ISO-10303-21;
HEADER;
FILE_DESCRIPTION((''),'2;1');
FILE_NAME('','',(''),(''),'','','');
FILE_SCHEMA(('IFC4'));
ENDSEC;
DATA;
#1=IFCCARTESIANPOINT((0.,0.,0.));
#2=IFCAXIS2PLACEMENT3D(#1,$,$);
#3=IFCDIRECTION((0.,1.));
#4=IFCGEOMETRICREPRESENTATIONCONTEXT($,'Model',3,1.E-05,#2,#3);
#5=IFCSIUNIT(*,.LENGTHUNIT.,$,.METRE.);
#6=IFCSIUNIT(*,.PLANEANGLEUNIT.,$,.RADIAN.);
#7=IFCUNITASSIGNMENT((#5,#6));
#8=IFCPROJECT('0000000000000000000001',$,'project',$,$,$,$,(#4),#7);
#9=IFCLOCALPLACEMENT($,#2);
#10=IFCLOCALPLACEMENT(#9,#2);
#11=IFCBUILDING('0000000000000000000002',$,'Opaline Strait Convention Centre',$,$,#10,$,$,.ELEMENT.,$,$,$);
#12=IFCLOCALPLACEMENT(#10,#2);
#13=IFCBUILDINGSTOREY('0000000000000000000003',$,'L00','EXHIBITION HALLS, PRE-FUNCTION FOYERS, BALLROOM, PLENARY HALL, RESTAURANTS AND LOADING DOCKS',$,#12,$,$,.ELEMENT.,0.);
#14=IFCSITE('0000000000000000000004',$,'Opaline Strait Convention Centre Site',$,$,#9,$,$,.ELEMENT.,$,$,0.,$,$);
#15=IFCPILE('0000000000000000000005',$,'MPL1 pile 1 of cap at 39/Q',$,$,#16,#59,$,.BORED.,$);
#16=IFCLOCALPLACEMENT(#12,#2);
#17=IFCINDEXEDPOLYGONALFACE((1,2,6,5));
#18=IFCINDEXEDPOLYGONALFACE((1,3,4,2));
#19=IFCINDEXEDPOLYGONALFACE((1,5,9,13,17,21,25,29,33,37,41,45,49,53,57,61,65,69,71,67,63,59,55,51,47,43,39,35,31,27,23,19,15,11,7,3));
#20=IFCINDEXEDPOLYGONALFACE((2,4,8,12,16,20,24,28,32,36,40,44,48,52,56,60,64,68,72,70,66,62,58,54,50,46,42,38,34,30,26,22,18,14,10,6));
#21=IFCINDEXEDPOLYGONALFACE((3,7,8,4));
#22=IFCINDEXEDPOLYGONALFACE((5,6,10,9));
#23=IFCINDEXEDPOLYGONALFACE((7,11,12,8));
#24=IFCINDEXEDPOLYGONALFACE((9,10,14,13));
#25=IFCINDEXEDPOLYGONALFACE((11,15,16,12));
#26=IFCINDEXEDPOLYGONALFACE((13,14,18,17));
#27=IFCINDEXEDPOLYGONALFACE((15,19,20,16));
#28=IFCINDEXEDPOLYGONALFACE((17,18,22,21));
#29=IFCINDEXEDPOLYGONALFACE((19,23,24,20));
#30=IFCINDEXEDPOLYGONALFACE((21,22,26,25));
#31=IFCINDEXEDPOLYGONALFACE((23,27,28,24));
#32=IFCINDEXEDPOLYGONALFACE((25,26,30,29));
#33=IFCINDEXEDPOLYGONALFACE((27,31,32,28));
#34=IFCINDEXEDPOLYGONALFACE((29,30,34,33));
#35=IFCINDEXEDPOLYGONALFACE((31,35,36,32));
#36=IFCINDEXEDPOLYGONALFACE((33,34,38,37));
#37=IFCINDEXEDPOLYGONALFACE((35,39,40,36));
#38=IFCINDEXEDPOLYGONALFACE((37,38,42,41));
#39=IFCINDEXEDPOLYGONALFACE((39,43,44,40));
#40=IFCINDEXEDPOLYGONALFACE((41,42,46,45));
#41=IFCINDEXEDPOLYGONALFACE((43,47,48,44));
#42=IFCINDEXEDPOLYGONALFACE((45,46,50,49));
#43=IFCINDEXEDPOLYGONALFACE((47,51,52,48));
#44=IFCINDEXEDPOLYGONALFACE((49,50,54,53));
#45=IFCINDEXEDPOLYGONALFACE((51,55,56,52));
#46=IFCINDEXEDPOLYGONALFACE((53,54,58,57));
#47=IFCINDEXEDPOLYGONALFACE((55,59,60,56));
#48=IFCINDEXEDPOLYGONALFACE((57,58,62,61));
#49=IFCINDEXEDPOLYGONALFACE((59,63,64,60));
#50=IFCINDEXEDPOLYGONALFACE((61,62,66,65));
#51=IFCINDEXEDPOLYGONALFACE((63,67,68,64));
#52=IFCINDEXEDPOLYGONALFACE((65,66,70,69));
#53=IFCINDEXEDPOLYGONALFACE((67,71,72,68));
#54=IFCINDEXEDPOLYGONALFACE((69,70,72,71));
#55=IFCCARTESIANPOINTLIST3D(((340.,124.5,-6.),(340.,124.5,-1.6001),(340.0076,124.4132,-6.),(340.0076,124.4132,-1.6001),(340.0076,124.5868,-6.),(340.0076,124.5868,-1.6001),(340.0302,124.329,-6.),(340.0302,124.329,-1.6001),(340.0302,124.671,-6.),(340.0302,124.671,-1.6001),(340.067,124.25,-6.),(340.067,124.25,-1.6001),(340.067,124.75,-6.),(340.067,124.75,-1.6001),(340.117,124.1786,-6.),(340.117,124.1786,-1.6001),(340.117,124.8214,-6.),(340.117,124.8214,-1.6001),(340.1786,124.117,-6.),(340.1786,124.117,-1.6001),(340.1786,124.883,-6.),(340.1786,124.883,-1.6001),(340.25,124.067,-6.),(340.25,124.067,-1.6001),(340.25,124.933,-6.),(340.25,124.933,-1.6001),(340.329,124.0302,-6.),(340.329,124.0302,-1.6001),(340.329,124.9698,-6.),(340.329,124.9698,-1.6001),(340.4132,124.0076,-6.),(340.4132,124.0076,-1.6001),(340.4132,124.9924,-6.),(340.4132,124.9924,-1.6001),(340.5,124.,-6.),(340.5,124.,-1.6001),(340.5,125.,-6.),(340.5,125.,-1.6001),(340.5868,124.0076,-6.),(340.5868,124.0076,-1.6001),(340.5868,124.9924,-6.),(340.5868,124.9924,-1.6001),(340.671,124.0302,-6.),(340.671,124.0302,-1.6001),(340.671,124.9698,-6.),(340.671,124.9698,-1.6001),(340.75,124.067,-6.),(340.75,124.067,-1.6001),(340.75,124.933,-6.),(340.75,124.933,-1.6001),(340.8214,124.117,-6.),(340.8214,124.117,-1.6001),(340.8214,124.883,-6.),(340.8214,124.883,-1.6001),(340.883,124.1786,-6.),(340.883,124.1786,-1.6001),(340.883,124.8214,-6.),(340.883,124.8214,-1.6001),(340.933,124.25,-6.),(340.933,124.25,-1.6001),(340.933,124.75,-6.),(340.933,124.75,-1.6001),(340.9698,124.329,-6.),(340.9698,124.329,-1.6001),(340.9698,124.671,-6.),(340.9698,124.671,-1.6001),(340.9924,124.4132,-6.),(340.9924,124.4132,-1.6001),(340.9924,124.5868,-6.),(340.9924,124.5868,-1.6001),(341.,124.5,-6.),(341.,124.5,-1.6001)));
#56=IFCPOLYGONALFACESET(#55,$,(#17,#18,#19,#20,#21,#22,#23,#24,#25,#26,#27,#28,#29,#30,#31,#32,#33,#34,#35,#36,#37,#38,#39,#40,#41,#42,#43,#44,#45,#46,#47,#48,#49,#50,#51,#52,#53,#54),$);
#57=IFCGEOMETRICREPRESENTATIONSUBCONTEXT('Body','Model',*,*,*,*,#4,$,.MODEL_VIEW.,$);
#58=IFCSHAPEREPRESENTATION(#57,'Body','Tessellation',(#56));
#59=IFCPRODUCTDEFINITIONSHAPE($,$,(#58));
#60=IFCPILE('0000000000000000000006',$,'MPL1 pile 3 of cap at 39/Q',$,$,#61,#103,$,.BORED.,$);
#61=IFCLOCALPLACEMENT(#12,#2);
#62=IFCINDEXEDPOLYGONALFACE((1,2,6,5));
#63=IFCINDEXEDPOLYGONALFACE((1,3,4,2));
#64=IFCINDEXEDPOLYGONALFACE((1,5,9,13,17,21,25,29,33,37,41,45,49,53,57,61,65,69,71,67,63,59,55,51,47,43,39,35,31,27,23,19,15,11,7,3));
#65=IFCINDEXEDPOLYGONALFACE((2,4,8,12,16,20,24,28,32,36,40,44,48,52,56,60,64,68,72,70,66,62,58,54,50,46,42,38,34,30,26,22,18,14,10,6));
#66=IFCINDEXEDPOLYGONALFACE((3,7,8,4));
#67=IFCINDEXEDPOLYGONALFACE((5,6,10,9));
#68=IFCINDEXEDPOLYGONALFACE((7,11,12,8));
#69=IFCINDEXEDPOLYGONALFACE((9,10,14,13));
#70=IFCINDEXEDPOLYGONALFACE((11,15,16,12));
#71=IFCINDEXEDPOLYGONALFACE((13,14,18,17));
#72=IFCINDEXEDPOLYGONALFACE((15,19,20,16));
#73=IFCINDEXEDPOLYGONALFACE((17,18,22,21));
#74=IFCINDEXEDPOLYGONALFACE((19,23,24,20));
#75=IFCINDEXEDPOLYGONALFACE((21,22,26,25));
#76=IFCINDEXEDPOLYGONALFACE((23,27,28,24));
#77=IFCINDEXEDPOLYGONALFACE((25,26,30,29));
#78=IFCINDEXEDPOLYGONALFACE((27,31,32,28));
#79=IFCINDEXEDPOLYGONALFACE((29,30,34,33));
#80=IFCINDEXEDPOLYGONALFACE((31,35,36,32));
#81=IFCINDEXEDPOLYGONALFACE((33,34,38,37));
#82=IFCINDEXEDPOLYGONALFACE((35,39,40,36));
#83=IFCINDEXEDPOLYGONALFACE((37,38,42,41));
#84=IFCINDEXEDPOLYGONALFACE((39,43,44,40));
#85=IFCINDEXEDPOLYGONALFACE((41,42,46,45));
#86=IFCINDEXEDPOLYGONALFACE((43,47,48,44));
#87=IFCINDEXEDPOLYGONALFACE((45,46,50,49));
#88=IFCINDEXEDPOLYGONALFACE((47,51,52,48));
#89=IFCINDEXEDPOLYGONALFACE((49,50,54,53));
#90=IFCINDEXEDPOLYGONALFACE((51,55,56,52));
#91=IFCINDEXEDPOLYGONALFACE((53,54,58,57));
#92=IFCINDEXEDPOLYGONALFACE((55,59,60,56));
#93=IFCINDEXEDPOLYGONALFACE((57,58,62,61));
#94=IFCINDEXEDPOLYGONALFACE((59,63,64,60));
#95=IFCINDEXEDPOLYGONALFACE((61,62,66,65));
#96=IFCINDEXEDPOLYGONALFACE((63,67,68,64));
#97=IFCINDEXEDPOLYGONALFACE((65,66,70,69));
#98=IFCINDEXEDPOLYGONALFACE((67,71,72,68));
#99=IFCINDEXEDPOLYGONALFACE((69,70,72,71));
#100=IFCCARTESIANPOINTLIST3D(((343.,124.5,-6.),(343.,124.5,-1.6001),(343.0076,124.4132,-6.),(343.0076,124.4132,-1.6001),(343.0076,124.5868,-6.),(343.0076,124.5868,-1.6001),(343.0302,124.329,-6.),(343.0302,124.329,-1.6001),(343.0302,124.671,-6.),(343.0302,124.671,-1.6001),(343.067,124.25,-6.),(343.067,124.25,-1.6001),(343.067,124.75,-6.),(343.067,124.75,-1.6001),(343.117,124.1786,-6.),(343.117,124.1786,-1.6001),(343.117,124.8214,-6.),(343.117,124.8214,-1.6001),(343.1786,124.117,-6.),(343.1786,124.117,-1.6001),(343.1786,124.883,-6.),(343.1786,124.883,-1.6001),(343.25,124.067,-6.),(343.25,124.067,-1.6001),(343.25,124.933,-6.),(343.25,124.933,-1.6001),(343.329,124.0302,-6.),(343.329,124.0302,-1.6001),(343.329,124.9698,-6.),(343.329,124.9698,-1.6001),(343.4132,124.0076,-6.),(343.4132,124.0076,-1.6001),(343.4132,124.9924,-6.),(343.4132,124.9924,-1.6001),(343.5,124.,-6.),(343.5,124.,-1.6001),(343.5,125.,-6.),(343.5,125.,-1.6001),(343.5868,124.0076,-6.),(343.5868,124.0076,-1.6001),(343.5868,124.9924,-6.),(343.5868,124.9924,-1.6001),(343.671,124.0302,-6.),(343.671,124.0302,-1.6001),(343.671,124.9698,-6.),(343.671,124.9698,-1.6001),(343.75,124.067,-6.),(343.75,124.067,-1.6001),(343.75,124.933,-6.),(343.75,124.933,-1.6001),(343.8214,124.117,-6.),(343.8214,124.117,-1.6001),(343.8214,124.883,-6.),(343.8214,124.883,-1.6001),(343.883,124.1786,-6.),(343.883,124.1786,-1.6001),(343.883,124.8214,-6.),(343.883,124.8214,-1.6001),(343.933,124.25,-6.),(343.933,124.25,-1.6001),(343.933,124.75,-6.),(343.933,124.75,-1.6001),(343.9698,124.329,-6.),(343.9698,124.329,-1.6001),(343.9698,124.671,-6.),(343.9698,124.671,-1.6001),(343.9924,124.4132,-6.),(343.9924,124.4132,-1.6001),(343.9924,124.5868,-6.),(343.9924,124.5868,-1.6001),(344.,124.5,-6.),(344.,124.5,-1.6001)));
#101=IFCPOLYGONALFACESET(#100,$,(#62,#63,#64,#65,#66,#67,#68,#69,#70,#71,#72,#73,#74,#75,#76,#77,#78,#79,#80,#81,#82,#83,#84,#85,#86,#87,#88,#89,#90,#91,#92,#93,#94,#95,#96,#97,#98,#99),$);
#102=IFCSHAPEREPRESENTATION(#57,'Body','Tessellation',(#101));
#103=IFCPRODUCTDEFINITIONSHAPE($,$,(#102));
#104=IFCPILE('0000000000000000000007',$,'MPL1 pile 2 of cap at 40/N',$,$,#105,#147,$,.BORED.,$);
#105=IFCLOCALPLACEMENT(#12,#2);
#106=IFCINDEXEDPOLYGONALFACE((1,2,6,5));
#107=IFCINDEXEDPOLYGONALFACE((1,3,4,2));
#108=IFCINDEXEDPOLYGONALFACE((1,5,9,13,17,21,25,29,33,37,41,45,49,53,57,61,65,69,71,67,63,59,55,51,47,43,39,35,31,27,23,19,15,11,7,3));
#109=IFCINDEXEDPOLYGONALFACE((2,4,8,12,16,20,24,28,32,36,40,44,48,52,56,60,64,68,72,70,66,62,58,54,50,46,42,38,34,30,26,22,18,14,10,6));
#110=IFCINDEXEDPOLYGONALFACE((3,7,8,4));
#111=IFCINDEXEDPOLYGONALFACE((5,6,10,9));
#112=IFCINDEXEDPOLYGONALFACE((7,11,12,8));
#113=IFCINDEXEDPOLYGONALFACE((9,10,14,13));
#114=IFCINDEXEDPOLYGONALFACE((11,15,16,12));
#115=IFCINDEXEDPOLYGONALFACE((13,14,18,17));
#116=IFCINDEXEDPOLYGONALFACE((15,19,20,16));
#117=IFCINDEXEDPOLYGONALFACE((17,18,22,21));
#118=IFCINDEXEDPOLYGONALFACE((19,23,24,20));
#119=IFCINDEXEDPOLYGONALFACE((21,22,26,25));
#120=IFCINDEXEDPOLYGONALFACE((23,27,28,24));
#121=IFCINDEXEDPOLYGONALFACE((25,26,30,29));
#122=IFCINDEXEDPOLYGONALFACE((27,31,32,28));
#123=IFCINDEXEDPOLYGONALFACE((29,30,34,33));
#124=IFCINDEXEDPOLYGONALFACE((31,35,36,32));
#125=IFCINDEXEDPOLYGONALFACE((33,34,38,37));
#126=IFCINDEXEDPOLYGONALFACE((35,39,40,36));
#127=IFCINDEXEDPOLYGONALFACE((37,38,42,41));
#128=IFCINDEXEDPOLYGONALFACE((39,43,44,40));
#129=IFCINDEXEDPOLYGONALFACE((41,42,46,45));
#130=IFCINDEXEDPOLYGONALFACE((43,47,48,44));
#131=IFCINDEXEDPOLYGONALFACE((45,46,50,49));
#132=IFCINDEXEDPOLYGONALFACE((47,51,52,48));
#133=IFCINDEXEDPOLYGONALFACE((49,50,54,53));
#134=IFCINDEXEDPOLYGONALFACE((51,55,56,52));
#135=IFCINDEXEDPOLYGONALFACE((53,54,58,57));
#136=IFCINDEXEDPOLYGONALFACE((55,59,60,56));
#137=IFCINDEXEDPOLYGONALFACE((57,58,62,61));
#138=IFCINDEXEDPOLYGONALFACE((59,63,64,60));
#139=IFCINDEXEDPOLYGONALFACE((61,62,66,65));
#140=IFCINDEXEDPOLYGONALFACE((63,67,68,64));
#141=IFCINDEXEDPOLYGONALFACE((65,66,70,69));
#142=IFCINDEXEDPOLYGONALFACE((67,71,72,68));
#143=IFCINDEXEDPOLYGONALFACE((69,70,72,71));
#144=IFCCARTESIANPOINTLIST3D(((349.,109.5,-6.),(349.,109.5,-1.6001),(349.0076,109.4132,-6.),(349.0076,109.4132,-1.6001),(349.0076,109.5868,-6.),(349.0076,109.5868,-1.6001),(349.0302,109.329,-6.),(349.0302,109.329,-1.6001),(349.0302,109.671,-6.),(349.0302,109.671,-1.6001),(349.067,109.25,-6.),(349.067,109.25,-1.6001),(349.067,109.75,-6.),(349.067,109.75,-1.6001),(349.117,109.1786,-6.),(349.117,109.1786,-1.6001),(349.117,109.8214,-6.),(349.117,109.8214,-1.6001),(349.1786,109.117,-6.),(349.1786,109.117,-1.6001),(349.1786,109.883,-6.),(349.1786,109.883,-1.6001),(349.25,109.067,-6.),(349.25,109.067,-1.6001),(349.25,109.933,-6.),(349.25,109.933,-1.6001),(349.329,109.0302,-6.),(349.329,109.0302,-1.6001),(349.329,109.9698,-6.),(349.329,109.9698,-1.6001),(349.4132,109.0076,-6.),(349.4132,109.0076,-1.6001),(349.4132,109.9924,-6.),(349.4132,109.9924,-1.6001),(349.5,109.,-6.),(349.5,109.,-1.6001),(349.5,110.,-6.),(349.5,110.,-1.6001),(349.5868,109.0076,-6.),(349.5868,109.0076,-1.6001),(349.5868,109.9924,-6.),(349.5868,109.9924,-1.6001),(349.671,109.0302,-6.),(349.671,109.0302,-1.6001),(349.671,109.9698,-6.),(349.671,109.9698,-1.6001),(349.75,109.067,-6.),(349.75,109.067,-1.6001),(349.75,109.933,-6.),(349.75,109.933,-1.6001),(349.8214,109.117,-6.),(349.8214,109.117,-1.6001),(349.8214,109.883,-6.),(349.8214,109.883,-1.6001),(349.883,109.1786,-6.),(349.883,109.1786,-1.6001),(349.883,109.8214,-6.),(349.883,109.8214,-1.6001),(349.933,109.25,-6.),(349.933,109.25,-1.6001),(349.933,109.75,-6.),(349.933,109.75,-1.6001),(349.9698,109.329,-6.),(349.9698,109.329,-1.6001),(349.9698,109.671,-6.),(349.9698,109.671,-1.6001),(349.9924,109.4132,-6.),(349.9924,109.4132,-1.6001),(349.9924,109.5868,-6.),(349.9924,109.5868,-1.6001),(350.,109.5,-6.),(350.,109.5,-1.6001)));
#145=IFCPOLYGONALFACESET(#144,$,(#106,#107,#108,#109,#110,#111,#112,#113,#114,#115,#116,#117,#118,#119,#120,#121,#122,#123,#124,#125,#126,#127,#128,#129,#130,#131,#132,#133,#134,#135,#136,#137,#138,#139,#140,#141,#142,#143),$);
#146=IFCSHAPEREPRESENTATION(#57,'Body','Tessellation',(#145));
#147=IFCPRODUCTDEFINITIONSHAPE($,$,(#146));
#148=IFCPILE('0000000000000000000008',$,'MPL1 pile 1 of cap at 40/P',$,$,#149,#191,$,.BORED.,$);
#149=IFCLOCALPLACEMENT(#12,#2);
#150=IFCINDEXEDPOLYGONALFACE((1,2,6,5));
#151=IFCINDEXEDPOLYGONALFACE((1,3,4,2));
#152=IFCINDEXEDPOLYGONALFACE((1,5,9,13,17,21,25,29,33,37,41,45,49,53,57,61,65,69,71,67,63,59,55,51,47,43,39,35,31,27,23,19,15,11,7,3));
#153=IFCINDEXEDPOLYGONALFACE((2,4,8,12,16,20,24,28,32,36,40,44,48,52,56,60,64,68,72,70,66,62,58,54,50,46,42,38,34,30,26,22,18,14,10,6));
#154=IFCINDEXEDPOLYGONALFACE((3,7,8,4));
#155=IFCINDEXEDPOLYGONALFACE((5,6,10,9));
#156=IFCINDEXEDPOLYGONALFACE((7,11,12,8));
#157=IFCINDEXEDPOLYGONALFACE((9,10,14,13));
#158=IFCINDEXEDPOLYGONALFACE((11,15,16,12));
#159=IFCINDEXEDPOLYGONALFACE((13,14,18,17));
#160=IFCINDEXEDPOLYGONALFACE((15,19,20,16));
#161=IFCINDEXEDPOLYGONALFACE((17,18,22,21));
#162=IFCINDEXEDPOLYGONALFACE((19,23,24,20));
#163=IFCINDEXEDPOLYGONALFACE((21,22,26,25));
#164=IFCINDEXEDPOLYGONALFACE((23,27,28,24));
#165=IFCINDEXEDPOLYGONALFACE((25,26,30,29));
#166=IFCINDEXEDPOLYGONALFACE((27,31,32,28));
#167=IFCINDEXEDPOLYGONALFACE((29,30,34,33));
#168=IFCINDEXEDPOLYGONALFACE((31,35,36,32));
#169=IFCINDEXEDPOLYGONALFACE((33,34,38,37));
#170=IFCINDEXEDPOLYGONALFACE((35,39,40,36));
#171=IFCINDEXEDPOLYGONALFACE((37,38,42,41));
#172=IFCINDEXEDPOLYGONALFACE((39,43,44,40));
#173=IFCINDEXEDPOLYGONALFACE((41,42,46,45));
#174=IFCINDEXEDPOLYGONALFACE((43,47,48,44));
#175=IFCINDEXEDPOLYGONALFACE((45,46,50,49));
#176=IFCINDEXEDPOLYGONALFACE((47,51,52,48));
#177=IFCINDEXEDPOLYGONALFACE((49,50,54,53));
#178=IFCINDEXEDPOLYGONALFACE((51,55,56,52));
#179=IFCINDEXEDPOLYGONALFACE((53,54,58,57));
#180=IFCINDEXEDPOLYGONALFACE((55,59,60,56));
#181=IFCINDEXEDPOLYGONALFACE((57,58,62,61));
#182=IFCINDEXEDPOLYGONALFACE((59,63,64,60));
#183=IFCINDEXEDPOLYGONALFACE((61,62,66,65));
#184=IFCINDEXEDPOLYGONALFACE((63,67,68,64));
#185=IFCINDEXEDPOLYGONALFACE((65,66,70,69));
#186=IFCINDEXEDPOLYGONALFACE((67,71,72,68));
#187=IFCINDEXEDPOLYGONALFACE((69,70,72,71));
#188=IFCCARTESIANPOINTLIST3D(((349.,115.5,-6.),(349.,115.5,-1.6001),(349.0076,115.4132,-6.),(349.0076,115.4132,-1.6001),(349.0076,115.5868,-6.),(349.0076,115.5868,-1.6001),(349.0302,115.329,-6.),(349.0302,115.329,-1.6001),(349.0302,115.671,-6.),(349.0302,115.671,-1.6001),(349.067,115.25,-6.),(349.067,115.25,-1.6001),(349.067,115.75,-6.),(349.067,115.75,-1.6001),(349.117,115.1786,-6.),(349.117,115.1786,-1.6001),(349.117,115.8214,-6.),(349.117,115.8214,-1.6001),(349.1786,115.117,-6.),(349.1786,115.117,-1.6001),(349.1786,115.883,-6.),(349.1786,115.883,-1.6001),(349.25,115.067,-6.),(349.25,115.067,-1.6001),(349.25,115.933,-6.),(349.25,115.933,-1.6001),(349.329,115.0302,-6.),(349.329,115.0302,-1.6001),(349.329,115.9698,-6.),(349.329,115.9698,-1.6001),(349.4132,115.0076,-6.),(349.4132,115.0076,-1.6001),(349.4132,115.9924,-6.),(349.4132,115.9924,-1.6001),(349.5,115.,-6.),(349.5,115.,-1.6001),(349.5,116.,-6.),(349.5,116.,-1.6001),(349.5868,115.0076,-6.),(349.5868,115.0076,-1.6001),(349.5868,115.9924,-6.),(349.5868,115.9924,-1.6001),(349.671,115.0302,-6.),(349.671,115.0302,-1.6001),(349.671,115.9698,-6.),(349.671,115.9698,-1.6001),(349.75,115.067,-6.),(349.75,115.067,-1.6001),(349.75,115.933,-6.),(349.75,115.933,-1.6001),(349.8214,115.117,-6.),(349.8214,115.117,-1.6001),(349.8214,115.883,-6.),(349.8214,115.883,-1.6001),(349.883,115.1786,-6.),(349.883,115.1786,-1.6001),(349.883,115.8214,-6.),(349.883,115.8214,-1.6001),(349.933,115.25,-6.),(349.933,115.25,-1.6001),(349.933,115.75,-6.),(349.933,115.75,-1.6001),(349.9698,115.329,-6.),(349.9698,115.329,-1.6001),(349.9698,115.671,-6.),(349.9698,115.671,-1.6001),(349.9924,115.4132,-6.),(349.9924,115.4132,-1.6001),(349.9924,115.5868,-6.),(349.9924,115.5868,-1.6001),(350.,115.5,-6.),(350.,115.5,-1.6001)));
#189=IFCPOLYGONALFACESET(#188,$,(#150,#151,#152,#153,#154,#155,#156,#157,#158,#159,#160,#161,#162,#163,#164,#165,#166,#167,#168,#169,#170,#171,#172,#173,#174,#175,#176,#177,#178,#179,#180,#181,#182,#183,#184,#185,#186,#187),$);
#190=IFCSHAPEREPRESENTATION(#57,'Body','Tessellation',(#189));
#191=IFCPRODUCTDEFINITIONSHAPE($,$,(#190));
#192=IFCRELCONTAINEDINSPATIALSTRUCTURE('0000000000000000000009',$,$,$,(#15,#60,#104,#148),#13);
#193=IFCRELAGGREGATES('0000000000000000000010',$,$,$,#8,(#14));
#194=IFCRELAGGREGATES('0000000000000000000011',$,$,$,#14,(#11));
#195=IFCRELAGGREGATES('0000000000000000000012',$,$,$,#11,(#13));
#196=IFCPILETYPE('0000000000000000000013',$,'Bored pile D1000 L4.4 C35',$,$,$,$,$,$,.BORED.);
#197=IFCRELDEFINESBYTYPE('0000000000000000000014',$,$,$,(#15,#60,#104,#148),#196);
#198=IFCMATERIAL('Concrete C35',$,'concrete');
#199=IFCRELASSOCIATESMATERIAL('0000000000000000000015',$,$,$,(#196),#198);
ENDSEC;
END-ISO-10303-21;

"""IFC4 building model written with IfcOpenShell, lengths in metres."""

from ifc_helpers import new_model, si_unit, direction, frame, origin, origin_2d, place, context, subcontext, project, spatial, circle, extrude, material, material_profile, profile_set, type_object, element, save


model = new_model("IFC4")

# Units and contexts
model_context = context("Model", 3, precision=1e-05, world=origin(), true_north=direction((0.0, 1.0)))
body_context = subcontext(model_context, "Body", "Model", "MODEL_VIEW")
ifc_project = project(units=[si_unit("LENGTHUNIT", "METRE"), si_unit("PLANEANGLEUNIT", "RADIAN")], contexts=[model_context])

# Site, building, storey
site_placement = place(None, origin())
site = spatial("IfcSite", under=ifc_project, at=site_placement, Name="Opaline Strait Convention Centre Site", CompositionType="ELEMENT", RefElevation=0.0)
building_placement = place(site_placement, origin())
building = spatial("IfcBuilding", under=site, at=building_placement, Name="Opaline Strait Convention Centre", CompositionType="ELEMENT")
storey_placement = place(building_placement, origin())
storey = spatial("IfcBuildingStorey", under=building, at=storey_placement, Name="L00", Description="EXHIBITION HALLS, PRE-FUNCTION FOYERS, BALLROOM, PLENARY HALL, RESTAURANTS AND LOADING DOCKS", CompositionType="ELEMENT", Elevation=0.0)

# Piles
ifc_material_1 = material(Name="Concrete C35", Category="concrete")
ifc_material_profile_1 = material_profile(ifc_material_1, circle(Radius=0.5, at=origin_2d()), Name="D1000")
ifc_profile_set_1 = profile_set([ifc_material_profile_1], Name="Concrete C35")
pile_type = type_object("IfcPileType", Name="Bored pile D1000 L4.4 C35", PredefinedType="BORED", material=ifc_profile_set_1)
for number, where, z_axis, x_axis, name in (
    (1, (340.5, 124.5, -1.6001), (0.0, 0.0, -1.0), (1.0, 0.0, 0.0), "MPL1 pile 1 of cap at 39/Q"),
    (2, (343.5, 124.5, -1.6001), (0.0, 0.0, -1.0), (1.0, 0.0, 0.0), "MPL1 pile 3 of cap at 39/Q"),
    (3, (349.5, 109.5, -1.6001), (0.0, 0.0, -1.0), (1.0, 0.0, 0.0), "MPL1 pile 2 of cap at 40/N"),
    (4, (349.5, 115.5, -1.6001), (0.0, 0.0, -1.0), (1.0, 0.0, 0.0), "MPL1 pile 1 of cap at 40/P"),
):
    element("IfcPile", number, at=place(storey_placement, frame(where, z_axis=z_axis, x_axis=x_axis)), inside=storey, type_object=pile_type, Name=name, PredefinedType="BORED", context=body_context, shape_type="SweptSolid", body=[
        extrude(circle(Radius=0.5, at=origin_2d()), origin(), (0.0, 0.0, 1.0), 4.3999),
    ])

save(model, "model.ifc")
